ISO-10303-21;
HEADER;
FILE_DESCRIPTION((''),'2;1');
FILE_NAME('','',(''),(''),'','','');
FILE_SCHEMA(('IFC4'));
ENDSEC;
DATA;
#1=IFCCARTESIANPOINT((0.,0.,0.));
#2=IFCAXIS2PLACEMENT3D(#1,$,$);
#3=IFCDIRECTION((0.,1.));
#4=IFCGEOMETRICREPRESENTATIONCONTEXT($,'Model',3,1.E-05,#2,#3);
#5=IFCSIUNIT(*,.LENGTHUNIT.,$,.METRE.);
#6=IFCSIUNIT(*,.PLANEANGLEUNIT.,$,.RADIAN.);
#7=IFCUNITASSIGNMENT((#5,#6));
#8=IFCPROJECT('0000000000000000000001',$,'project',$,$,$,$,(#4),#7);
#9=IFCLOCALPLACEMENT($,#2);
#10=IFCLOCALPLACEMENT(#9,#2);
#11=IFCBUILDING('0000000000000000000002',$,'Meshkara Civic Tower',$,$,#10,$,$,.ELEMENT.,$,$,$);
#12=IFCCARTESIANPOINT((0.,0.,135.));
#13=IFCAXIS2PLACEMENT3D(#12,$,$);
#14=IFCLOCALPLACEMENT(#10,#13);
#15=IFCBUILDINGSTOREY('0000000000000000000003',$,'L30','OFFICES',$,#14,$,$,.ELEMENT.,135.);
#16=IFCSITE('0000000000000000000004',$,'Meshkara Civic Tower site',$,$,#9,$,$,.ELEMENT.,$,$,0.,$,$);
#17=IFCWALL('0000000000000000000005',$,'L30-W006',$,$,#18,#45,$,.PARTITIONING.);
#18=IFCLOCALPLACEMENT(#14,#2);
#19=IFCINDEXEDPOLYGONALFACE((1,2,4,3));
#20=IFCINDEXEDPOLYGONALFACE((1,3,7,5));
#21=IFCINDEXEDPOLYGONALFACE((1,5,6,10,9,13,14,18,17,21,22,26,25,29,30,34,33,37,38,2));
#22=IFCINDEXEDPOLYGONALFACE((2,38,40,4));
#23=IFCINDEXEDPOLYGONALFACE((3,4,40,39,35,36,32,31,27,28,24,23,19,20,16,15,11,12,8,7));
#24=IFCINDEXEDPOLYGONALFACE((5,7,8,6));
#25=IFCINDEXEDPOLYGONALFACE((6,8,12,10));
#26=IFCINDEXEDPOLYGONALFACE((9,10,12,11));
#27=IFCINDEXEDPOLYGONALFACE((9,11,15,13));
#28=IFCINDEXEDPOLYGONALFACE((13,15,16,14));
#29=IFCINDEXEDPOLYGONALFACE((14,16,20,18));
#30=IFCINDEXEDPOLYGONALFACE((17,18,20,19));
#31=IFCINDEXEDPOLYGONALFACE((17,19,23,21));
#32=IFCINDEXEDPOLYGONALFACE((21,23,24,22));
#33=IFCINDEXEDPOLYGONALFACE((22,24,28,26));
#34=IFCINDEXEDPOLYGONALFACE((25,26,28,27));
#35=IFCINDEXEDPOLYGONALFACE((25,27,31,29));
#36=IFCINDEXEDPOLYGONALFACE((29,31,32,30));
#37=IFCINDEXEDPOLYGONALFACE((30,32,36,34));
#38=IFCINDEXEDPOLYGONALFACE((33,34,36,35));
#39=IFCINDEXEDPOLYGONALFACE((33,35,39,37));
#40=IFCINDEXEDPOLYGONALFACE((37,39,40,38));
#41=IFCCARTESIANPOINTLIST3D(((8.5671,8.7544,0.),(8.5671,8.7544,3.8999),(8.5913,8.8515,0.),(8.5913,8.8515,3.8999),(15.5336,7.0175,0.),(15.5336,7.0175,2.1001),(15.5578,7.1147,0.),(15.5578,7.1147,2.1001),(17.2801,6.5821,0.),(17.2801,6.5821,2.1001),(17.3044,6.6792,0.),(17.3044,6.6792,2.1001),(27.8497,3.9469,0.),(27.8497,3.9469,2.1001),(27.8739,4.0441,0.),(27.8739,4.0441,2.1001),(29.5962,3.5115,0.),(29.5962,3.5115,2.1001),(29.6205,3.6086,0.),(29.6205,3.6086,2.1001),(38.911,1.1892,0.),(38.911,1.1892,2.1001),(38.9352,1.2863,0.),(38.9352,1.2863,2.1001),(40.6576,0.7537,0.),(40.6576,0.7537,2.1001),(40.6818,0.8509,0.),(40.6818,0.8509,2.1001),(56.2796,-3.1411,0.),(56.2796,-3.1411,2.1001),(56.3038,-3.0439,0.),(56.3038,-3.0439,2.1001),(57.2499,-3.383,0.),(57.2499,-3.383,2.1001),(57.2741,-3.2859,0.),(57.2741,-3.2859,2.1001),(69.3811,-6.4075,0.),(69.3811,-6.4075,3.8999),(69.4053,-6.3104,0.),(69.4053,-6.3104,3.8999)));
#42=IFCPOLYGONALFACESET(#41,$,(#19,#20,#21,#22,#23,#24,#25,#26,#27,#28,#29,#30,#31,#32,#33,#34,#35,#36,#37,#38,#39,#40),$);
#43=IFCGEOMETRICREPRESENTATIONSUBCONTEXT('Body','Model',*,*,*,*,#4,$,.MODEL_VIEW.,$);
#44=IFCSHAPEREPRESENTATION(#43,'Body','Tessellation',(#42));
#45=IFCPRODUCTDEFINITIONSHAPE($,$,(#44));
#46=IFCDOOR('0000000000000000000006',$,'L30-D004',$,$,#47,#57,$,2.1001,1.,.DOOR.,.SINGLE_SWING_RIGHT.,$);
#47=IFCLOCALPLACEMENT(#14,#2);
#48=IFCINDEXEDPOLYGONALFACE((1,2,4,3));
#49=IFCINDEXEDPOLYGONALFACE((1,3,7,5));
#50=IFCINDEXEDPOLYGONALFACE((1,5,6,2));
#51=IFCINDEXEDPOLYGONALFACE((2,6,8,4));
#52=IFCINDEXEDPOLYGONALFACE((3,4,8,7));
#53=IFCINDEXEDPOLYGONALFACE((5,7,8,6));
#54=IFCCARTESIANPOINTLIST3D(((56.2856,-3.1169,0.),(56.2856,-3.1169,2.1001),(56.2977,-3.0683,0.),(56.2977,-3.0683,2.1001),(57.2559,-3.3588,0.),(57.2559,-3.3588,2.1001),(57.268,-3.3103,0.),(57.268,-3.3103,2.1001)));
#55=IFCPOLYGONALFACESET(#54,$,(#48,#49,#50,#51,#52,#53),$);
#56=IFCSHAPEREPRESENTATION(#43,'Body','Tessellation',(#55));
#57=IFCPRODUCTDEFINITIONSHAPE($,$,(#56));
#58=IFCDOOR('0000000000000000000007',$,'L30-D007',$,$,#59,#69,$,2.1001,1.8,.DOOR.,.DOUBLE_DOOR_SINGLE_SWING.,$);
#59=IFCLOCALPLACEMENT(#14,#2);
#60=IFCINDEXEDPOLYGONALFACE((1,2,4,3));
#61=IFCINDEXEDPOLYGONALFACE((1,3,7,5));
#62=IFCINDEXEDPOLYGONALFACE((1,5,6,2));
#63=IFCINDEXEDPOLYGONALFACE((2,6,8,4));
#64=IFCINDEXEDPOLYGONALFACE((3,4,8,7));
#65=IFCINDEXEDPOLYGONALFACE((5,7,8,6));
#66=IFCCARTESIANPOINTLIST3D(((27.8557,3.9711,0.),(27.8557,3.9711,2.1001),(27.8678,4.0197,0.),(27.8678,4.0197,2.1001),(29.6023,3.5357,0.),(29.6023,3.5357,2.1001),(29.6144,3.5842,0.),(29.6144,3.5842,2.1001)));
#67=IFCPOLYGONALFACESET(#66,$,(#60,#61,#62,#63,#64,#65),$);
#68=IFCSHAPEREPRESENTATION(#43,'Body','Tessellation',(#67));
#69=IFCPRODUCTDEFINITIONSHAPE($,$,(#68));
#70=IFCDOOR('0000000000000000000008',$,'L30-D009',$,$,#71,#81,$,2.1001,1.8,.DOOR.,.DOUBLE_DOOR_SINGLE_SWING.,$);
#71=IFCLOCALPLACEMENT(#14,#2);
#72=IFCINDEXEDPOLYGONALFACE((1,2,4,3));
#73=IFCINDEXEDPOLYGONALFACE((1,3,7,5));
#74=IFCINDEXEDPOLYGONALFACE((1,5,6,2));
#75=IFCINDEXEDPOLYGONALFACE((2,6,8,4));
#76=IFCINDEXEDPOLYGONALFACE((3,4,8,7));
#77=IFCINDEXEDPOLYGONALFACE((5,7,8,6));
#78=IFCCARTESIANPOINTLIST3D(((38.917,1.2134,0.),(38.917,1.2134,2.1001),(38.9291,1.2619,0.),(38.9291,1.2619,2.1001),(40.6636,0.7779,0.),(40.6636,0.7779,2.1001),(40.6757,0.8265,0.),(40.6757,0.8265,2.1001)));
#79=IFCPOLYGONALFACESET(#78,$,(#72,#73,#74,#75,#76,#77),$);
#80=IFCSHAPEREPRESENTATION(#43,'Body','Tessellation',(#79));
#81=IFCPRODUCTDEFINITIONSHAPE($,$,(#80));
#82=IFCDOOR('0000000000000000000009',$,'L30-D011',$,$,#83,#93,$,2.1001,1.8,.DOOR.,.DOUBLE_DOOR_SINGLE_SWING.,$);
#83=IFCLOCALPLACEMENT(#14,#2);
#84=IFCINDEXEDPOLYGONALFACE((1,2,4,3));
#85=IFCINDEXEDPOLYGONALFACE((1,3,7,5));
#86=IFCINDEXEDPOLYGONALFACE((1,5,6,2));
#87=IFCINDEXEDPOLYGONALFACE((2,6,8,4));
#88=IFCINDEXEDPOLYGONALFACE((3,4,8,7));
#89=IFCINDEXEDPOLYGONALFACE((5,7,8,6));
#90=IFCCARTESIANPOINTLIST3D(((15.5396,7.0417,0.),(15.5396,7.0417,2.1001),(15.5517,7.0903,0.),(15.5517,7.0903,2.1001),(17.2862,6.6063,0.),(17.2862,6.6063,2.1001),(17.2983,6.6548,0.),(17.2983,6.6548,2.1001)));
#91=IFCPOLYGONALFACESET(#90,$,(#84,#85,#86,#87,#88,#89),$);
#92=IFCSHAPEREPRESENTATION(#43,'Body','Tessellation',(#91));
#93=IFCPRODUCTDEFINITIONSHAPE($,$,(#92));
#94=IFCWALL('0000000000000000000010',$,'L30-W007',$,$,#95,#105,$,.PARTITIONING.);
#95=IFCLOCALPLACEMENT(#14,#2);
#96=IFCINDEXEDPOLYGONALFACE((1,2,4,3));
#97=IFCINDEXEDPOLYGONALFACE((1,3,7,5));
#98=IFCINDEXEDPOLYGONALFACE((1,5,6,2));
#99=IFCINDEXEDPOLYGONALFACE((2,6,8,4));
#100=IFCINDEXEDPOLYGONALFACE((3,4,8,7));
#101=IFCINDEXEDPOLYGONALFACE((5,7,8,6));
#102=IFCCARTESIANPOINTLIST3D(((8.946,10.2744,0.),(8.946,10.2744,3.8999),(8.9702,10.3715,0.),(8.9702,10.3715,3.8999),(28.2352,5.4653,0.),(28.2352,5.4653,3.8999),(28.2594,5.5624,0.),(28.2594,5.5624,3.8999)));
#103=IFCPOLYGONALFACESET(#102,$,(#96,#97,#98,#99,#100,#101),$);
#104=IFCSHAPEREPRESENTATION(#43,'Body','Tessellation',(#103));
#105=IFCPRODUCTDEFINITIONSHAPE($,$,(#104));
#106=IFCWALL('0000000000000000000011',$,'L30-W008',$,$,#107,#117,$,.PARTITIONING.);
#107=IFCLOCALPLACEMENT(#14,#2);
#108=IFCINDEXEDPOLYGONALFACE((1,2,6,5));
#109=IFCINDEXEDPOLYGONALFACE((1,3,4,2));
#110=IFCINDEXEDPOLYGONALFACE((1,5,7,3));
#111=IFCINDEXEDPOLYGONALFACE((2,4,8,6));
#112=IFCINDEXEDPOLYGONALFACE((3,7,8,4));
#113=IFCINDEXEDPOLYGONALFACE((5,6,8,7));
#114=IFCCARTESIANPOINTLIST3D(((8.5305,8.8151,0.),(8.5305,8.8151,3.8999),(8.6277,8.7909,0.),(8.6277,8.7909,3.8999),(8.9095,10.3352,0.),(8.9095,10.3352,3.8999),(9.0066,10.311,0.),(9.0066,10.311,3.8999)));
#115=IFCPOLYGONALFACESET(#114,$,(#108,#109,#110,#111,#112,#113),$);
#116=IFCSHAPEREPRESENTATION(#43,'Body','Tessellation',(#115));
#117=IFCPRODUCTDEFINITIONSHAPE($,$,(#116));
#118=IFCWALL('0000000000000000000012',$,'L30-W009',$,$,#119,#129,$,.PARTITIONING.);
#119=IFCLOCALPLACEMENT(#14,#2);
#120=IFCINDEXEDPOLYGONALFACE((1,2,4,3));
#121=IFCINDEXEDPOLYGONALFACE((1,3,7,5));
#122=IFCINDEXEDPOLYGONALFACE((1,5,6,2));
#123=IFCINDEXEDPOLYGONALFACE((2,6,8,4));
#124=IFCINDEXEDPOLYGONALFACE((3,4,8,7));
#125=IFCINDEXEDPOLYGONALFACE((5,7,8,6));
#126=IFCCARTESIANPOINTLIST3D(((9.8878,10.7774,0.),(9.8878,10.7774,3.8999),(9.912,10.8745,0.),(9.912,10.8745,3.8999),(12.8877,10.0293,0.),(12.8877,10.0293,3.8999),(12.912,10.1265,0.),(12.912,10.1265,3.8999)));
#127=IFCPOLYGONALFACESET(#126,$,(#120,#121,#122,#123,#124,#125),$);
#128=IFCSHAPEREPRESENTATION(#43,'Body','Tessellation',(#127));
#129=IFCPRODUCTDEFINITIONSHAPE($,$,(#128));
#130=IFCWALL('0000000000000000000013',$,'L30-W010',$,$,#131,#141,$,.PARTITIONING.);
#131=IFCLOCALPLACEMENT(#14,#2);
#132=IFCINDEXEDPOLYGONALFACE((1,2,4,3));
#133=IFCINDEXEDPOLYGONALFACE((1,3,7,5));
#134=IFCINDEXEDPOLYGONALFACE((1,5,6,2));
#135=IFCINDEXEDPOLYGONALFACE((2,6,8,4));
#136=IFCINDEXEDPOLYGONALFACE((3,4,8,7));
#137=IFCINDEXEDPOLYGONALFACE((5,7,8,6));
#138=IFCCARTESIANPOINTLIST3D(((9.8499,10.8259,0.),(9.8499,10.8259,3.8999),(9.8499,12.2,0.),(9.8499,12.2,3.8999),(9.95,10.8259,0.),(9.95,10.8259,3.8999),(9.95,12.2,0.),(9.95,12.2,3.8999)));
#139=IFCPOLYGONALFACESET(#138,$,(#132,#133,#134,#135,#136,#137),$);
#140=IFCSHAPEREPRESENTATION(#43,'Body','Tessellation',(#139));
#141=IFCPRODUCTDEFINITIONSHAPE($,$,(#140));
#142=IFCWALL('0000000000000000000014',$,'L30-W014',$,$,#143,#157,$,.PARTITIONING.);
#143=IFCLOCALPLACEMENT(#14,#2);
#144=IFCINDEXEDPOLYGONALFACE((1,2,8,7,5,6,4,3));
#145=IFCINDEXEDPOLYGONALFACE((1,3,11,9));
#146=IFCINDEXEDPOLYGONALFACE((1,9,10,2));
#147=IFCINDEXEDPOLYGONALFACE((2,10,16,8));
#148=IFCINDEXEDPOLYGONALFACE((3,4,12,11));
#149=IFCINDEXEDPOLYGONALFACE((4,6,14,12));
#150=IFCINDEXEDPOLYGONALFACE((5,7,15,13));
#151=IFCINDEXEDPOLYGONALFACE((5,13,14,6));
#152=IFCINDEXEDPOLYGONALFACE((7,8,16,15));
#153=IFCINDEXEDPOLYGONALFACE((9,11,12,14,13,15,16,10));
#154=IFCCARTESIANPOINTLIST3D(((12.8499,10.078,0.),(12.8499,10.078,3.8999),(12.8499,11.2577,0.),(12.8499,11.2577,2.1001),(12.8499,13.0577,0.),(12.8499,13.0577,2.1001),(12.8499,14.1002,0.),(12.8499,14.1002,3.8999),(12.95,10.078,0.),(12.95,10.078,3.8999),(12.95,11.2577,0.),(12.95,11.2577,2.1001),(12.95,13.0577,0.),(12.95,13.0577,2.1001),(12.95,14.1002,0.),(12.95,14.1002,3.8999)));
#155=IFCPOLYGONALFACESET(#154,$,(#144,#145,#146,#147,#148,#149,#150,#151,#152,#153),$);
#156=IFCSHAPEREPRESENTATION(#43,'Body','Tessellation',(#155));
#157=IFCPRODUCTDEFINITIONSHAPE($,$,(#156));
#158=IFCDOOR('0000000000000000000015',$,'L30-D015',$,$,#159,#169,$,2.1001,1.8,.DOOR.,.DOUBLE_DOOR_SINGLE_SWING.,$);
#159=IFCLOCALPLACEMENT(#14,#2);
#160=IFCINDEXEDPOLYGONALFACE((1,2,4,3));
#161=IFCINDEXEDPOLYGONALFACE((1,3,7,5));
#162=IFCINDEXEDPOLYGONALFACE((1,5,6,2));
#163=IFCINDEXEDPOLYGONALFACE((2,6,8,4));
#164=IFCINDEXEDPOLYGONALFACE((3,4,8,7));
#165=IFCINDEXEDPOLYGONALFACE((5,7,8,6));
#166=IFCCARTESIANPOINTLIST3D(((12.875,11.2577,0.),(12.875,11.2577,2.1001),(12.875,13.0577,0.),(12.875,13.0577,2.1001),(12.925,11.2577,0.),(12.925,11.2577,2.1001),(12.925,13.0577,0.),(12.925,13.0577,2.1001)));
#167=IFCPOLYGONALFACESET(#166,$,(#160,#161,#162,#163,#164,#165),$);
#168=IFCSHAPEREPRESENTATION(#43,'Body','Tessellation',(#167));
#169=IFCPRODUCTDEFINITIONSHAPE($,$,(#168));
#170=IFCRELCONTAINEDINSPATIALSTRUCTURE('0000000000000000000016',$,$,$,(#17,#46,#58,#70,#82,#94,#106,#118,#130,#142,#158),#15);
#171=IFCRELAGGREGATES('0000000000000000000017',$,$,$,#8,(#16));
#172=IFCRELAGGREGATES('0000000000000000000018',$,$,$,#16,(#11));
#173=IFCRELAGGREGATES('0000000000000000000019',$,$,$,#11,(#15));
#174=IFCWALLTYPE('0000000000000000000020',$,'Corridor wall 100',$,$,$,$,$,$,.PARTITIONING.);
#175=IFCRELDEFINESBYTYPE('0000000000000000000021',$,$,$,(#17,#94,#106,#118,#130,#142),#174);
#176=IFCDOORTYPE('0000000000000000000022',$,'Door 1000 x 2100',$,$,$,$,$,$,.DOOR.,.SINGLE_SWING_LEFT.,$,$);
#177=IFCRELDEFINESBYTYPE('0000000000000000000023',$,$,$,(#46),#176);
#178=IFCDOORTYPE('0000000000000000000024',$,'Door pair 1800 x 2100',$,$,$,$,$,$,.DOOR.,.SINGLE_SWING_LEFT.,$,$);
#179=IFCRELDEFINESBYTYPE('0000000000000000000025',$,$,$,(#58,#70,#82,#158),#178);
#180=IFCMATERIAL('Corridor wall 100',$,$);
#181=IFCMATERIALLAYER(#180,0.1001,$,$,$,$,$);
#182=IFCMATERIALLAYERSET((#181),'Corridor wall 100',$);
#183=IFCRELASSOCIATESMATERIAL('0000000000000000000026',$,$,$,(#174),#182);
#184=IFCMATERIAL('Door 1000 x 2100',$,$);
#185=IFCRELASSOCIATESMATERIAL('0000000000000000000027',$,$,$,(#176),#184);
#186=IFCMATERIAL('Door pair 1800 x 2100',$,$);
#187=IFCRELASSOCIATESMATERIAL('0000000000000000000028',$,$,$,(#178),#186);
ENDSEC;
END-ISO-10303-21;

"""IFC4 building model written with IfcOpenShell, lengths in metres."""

from ifc_helpers import new_model, si_unit, direction, frame, frame_2d, origin, place, context, subcontext, project, spatial, rectangle, extrude, material, layer, layer_set, type_object, element, fill, save


model = new_model("IFC4")

# Units and contexts
model_context = context("Model", 3, precision=1e-05, world=origin(), true_north=direction((0.0, 1.0)))
body_context = subcontext(model_context, "Body", "Model", "MODEL_VIEW")
ifc_project = project(units=[si_unit("LENGTHUNIT", "METRE"), si_unit("PLANEANGLEUNIT", "RADIAN")], contexts=[model_context])

# Site, building, storey
site_placement = place(None, origin())
site = spatial("IfcSite", under=ifc_project, at=site_placement, Name="Meshkara Civic Tower site", CompositionType="ELEMENT", RefElevation=0.0)
building_placement = place(site_placement, origin())
building = spatial("IfcBuilding", under=site, at=building_placement, Name="Meshkara Civic Tower", CompositionType="ELEMENT")
storey_placement = place(building_placement, frame((0.0, 0.0, 135.0)))
storey = spatial("IfcBuildingStorey", under=building, at=storey_placement, Name="L30", Description="OFFICES", CompositionType="ELEMENT", Elevation=135.0)

# Wall, openings, doors
ifc_material_1 = material(Name="Corridor wall 100")
ifc_layer_1 = layer(ifc_material_1, 0.1001)
ifc_layer_set_1 = layer_set([ifc_layer_1], Name="Corridor wall 100")
wall_type_1 = type_object("IfcWallType", Name="Corridor wall 100", PredefinedType="PARTITIONING", material=ifc_layer_set_1)
wall_1_placement = place(storey_placement, frame((8.5791, 8.803, 0.0), z_axis=(0.0, 0.0, 1.0), x_axis=(0.970299, -0.24191, 0.0)))
wall_1 = element("IfcWall", 1, at=wall_1_placement, inside=storey, type_object=wall_type_1, Name="L30-W006", PredefinedType="PARTITIONING", context=body_context, shape_type="SweptSolid", body=[
    extrude(rectangle(XDim=62.6755, YDim=0.1001, at=frame_2d((31.3379, 0.0))), origin(), (0.0, 0.0, 1.0), 3.8999),
])
opening_1_placement = place(wall_1_placement, frame((49.1731, 0.0, 0.0)))
opening_1 = element("IfcOpeningElement", 2, at=opening_1_placement, cuts=wall_1, PredefinedType="OPENING", context=body_context, shape_type="SweptSolid", body=[
    extrude(rectangle(XDim=1.0, YDim=2.1001, at=frame_2d((0.5, 1.05))), frame((0.0, 0.0601, 0.0), z_axis=(0.0, -1.0, 0.0), x_axis=(1.0, 0.0, 0.0)), (0.0, 0.0, 1.0), 0.1201),
])
opening_2_placement = place(wall_1_placement, frame((19.873, 0.0, 0.0)))
opening_2 = element("IfcOpeningElement", 3, at=opening_2_placement, cuts=wall_1, PredefinedType="OPENING", context=body_context, shape_type="SweptSolid", body=[
    extrude(rectangle(XDim=1.8, YDim=2.1001, at=frame_2d((0.8999, 1.05))), frame((0.0, 0.0601, 0.0), z_axis=(0.0, -1.0, 0.0), x_axis=(1.0, 0.0, 0.0)), (0.0, 0.0, 1.0), 0.1201),
])
opening_3_placement = place(wall_1_placement, frame((31.2729, 0.0, 0.0)))
opening_3 = element("IfcOpeningElement", 4, at=opening_3_placement, cuts=wall_1, PredefinedType="OPENING", context=body_context, shape_type="SweptSolid", body=[
    extrude(rectangle(XDim=1.8, YDim=2.1001, at=frame_2d((0.8999, 1.05))), frame((0.0, 0.0601, 0.0), z_axis=(0.0, -1.0, 0.0), x_axis=(1.0, 0.0, 0.0)), (0.0, 0.0, 1.0), 0.1201),
])
opening_4_placement = place(wall_1_placement, frame((7.1799, 0.0, 0.0)))
opening_4 = element("IfcOpeningElement", 5, at=opening_4_placement, cuts=wall_1, PredefinedType="OPENING", context=body_context, shape_type="SweptSolid", body=[
    extrude(rectangle(XDim=1.8, YDim=2.1001, at=frame_2d((0.8999, 1.05))), frame((0.0, 0.0601, 0.0), z_axis=(0.0, -1.0, 0.0), x_axis=(1.0, 0.0, 0.0)), (0.0, 0.0, 1.0), 0.1201),
])
ifc_material_2 = material(Name="Door 1000 x 2100")
door_type_1 = type_object("IfcDoorType", Name="Door 1000 x 2100", OperationType="SINGLE_SWING_LEFT", PredefinedType="DOOR", material=ifc_material_2)
door_1_placement = place(opening_1_placement, origin())
door_1 = element("IfcDoor", 6, at=door_1_placement, inside=storey, type_object=door_type_1, Name="L30-D004", OperationType="SINGLE_SWING_RIGHT", OverallHeight=2.1001, OverallWidth=1.0, PredefinedType="DOOR", context=body_context, shape_type="SweptSolid", body=[
    extrude(rectangle(XDim=1.0, YDim=2.1001, at=frame_2d((0.5, 1.05))), frame((0.0, 0.0249, 0.0), z_axis=(0.0, -1.0, 0.0), x_axis=(1.0, 0.0, 0.0)), (0.0, 0.0, 1.0), 0.05),
])
fill(opening_1, door_1)
ifc_material_3 = material(Name="Door pair 1800 x 2100")
door_type_2 = type_object("IfcDoorType", Name="Door pair 1800 x 2100", OperationType="SINGLE_SWING_LEFT", PredefinedType="DOOR", material=ifc_material_3)
door_2_placement = place(opening_2_placement, origin())
door_2 = element("IfcDoor", 7, at=door_2_placement, inside=storey, type_object=door_type_2, Name="L30-D007", OperationType="DOUBLE_DOOR_SINGLE_SWING", OverallHeight=2.1001, OverallWidth=1.8, PredefinedType="DOOR", context=body_context, shape_type="SweptSolid", body=[
    extrude(rectangle(XDim=1.8, YDim=2.1001, at=frame_2d((0.8999, 1.05))), frame((0.0, 0.0249, 0.0), z_axis=(0.0, -1.0, 0.0), x_axis=(1.0, 0.0, 0.0)), (0.0, 0.0, 1.0), 0.05),
])
fill(opening_2, door_2)
door_3_placement = place(opening_3_placement, origin())
door_3 = element("IfcDoor", 8, at=door_3_placement, inside=storey, type_object=door_type_2, Name="L30-D009", OperationType="DOUBLE_DOOR_SINGLE_SWING", OverallHeight=2.1001, OverallWidth=1.8, PredefinedType="DOOR", context=body_context, shape_type="SweptSolid", body=[
    extrude(rectangle(XDim=1.8, YDim=2.1001, at=frame_2d((0.8999, 1.05))), frame((0.0, 0.0249, 0.0), z_axis=(0.0, -1.0, 0.0), x_axis=(1.0, 0.0, 0.0)), (0.0, 0.0, 1.0), 0.05),
])
fill(opening_3, door_3)
door_4_placement = place(opening_4_placement, origin())
door_4 = element("IfcDoor", 9, at=door_4_placement, inside=storey, type_object=door_type_2, Name="L30-D011", OperationType="DOUBLE_DOOR_SINGLE_SWING", OverallHeight=2.1001, OverallWidth=1.8, PredefinedType="DOOR", context=body_context, shape_type="SweptSolid", body=[
    extrude(rectangle(XDim=1.8, YDim=2.1001, at=frame_2d((0.8999, 1.05))), frame((0.0, 0.0249, 0.0), z_axis=(0.0, -1.0, 0.0), x_axis=(1.0, 0.0, 0.0)), (0.0, 0.0, 1.0), 0.05),
])
fill(opening_4, door_4)

# Walls
wall_2_placement = place(storey_placement, frame((8.958, 10.323, 0.0), z_axis=(0.0, 0.0, 1.0), x_axis=(0.970298, -0.241911, 0.0)))
element("IfcWall", 10, at=wall_2_placement, inside=storey, type_object=wall_type_1, Name="L30-W007", PredefinedType="PARTITIONING", context=body_context, shape_type="SweptSolid", body=[
    extrude(rectangle(XDim=19.8796, YDim=0.1001, at=frame_2d((9.9399, 0.0))), origin(), (0.0, 0.0, 1.0), 3.8999),
])
wall_3_placement = place(storey_placement, frame((8.958, 10.323, 0.0), z_axis=(0.0, 0.0, 1.0), x_axis=(-0.241876, -0.970307, 0.0)))
element("IfcWall", 11, at=wall_3_placement, inside=storey, type_object=wall_type_1, Name="L30-W008", PredefinedType="PARTITIONING", context=body_context, shape_type="SweptSolid", body=[
    extrude(rectangle(XDim=1.5667, YDim=0.1001, at=frame_2d((0.7832, 0.0))), origin(), (0.0, 0.0, 1.0), 3.8999),
])
wall_4_placement = place(storey_placement, frame((9.8999, 10.8259, 0.0), z_axis=(0.0, 0.0, 1.0), x_axis=(0.970291, -0.241941, 0.0)))
element("IfcWall", 12, at=wall_4_placement, inside=storey, type_object=wall_type_1, Name="L30-W009", PredefinedType="PARTITIONING", context=body_context, shape_type="SweptSolid", body=[
    extrude(rectangle(XDim=3.0918, YDim=0.1001, at=frame_2d((1.5459, 0.0))), origin(), (0.0, 0.0, 1.0), 3.8999),
])
wall_5_placement = place(storey_placement, frame((9.8999, 12.2, 0.0), z_axis=(0.0, 0.0, 1.0), x_axis=(0.0, -1.0, 0.0)))
element("IfcWall", 13, at=wall_5_placement, inside=storey, type_object=wall_type_1, Name="L30-W010", PredefinedType="PARTITIONING", context=body_context, shape_type="SweptSolid", body=[
    extrude(rectangle(XDim=1.374, YDim=0.1001, at=frame_2d((0.687, 0.0))), origin(), (0.0, 0.0, 1.0), 3.8999),
])

# Wall, opening, door
wall_6_placement = place(storey_placement, frame((12.8999, 10.0779, 0.0), z_axis=(0.0, 0.0, 1.0), x_axis=(0.0, 1.0, 0.0)))
wall_6 = element("IfcWall", 14, at=wall_6_placement, inside=storey, type_object=wall_type_1, Name="L30-W014", PredefinedType="PARTITIONING", context=body_context, shape_type="SweptSolid", body=[
    extrude(rectangle(XDim=4.0222, YDim=0.1001, at=frame_2d((2.0112, 0.0))), origin(), (0.0, 0.0, 1.0), 3.8999),
])
opening_5_placement = place(wall_6_placement, frame((1.1799, 0.0, 0.0)))
opening_5 = element("IfcOpeningElement", 15, at=opening_5_placement, cuts=wall_6, PredefinedType="OPENING", context=body_context, shape_type="SweptSolid", body=[
    extrude(rectangle(XDim=1.8, YDim=2.1001, at=frame_2d((0.8999, 1.05))), frame((0.0, 0.0601, 0.0), z_axis=(0.0, -1.0, 0.0), x_axis=(1.0, 0.0, 0.0)), (0.0, 0.0, 1.0), 0.1201),
])
door_5_placement = place(opening_5_placement, origin())
door_5 = element("IfcDoor", 16, at=door_5_placement, inside=storey, type_object=door_type_2, Name="L30-D015", OperationType="DOUBLE_DOOR_SINGLE_SWING", OverallHeight=2.1001, OverallWidth=1.8, PredefinedType="DOOR", context=body_context, shape_type="SweptSolid", body=[
    extrude(rectangle(XDim=1.8, YDim=2.1001, at=frame_2d((0.8999, 1.05))), frame((0.0, 0.0249, 0.0), z_axis=(0.0, -1.0, 0.0), x_axis=(1.0, 0.0, 0.0)), (0.0, 0.0, 1.0), 0.05),
])
fill(opening_5, door_5)

save(model, "model.ifc")
